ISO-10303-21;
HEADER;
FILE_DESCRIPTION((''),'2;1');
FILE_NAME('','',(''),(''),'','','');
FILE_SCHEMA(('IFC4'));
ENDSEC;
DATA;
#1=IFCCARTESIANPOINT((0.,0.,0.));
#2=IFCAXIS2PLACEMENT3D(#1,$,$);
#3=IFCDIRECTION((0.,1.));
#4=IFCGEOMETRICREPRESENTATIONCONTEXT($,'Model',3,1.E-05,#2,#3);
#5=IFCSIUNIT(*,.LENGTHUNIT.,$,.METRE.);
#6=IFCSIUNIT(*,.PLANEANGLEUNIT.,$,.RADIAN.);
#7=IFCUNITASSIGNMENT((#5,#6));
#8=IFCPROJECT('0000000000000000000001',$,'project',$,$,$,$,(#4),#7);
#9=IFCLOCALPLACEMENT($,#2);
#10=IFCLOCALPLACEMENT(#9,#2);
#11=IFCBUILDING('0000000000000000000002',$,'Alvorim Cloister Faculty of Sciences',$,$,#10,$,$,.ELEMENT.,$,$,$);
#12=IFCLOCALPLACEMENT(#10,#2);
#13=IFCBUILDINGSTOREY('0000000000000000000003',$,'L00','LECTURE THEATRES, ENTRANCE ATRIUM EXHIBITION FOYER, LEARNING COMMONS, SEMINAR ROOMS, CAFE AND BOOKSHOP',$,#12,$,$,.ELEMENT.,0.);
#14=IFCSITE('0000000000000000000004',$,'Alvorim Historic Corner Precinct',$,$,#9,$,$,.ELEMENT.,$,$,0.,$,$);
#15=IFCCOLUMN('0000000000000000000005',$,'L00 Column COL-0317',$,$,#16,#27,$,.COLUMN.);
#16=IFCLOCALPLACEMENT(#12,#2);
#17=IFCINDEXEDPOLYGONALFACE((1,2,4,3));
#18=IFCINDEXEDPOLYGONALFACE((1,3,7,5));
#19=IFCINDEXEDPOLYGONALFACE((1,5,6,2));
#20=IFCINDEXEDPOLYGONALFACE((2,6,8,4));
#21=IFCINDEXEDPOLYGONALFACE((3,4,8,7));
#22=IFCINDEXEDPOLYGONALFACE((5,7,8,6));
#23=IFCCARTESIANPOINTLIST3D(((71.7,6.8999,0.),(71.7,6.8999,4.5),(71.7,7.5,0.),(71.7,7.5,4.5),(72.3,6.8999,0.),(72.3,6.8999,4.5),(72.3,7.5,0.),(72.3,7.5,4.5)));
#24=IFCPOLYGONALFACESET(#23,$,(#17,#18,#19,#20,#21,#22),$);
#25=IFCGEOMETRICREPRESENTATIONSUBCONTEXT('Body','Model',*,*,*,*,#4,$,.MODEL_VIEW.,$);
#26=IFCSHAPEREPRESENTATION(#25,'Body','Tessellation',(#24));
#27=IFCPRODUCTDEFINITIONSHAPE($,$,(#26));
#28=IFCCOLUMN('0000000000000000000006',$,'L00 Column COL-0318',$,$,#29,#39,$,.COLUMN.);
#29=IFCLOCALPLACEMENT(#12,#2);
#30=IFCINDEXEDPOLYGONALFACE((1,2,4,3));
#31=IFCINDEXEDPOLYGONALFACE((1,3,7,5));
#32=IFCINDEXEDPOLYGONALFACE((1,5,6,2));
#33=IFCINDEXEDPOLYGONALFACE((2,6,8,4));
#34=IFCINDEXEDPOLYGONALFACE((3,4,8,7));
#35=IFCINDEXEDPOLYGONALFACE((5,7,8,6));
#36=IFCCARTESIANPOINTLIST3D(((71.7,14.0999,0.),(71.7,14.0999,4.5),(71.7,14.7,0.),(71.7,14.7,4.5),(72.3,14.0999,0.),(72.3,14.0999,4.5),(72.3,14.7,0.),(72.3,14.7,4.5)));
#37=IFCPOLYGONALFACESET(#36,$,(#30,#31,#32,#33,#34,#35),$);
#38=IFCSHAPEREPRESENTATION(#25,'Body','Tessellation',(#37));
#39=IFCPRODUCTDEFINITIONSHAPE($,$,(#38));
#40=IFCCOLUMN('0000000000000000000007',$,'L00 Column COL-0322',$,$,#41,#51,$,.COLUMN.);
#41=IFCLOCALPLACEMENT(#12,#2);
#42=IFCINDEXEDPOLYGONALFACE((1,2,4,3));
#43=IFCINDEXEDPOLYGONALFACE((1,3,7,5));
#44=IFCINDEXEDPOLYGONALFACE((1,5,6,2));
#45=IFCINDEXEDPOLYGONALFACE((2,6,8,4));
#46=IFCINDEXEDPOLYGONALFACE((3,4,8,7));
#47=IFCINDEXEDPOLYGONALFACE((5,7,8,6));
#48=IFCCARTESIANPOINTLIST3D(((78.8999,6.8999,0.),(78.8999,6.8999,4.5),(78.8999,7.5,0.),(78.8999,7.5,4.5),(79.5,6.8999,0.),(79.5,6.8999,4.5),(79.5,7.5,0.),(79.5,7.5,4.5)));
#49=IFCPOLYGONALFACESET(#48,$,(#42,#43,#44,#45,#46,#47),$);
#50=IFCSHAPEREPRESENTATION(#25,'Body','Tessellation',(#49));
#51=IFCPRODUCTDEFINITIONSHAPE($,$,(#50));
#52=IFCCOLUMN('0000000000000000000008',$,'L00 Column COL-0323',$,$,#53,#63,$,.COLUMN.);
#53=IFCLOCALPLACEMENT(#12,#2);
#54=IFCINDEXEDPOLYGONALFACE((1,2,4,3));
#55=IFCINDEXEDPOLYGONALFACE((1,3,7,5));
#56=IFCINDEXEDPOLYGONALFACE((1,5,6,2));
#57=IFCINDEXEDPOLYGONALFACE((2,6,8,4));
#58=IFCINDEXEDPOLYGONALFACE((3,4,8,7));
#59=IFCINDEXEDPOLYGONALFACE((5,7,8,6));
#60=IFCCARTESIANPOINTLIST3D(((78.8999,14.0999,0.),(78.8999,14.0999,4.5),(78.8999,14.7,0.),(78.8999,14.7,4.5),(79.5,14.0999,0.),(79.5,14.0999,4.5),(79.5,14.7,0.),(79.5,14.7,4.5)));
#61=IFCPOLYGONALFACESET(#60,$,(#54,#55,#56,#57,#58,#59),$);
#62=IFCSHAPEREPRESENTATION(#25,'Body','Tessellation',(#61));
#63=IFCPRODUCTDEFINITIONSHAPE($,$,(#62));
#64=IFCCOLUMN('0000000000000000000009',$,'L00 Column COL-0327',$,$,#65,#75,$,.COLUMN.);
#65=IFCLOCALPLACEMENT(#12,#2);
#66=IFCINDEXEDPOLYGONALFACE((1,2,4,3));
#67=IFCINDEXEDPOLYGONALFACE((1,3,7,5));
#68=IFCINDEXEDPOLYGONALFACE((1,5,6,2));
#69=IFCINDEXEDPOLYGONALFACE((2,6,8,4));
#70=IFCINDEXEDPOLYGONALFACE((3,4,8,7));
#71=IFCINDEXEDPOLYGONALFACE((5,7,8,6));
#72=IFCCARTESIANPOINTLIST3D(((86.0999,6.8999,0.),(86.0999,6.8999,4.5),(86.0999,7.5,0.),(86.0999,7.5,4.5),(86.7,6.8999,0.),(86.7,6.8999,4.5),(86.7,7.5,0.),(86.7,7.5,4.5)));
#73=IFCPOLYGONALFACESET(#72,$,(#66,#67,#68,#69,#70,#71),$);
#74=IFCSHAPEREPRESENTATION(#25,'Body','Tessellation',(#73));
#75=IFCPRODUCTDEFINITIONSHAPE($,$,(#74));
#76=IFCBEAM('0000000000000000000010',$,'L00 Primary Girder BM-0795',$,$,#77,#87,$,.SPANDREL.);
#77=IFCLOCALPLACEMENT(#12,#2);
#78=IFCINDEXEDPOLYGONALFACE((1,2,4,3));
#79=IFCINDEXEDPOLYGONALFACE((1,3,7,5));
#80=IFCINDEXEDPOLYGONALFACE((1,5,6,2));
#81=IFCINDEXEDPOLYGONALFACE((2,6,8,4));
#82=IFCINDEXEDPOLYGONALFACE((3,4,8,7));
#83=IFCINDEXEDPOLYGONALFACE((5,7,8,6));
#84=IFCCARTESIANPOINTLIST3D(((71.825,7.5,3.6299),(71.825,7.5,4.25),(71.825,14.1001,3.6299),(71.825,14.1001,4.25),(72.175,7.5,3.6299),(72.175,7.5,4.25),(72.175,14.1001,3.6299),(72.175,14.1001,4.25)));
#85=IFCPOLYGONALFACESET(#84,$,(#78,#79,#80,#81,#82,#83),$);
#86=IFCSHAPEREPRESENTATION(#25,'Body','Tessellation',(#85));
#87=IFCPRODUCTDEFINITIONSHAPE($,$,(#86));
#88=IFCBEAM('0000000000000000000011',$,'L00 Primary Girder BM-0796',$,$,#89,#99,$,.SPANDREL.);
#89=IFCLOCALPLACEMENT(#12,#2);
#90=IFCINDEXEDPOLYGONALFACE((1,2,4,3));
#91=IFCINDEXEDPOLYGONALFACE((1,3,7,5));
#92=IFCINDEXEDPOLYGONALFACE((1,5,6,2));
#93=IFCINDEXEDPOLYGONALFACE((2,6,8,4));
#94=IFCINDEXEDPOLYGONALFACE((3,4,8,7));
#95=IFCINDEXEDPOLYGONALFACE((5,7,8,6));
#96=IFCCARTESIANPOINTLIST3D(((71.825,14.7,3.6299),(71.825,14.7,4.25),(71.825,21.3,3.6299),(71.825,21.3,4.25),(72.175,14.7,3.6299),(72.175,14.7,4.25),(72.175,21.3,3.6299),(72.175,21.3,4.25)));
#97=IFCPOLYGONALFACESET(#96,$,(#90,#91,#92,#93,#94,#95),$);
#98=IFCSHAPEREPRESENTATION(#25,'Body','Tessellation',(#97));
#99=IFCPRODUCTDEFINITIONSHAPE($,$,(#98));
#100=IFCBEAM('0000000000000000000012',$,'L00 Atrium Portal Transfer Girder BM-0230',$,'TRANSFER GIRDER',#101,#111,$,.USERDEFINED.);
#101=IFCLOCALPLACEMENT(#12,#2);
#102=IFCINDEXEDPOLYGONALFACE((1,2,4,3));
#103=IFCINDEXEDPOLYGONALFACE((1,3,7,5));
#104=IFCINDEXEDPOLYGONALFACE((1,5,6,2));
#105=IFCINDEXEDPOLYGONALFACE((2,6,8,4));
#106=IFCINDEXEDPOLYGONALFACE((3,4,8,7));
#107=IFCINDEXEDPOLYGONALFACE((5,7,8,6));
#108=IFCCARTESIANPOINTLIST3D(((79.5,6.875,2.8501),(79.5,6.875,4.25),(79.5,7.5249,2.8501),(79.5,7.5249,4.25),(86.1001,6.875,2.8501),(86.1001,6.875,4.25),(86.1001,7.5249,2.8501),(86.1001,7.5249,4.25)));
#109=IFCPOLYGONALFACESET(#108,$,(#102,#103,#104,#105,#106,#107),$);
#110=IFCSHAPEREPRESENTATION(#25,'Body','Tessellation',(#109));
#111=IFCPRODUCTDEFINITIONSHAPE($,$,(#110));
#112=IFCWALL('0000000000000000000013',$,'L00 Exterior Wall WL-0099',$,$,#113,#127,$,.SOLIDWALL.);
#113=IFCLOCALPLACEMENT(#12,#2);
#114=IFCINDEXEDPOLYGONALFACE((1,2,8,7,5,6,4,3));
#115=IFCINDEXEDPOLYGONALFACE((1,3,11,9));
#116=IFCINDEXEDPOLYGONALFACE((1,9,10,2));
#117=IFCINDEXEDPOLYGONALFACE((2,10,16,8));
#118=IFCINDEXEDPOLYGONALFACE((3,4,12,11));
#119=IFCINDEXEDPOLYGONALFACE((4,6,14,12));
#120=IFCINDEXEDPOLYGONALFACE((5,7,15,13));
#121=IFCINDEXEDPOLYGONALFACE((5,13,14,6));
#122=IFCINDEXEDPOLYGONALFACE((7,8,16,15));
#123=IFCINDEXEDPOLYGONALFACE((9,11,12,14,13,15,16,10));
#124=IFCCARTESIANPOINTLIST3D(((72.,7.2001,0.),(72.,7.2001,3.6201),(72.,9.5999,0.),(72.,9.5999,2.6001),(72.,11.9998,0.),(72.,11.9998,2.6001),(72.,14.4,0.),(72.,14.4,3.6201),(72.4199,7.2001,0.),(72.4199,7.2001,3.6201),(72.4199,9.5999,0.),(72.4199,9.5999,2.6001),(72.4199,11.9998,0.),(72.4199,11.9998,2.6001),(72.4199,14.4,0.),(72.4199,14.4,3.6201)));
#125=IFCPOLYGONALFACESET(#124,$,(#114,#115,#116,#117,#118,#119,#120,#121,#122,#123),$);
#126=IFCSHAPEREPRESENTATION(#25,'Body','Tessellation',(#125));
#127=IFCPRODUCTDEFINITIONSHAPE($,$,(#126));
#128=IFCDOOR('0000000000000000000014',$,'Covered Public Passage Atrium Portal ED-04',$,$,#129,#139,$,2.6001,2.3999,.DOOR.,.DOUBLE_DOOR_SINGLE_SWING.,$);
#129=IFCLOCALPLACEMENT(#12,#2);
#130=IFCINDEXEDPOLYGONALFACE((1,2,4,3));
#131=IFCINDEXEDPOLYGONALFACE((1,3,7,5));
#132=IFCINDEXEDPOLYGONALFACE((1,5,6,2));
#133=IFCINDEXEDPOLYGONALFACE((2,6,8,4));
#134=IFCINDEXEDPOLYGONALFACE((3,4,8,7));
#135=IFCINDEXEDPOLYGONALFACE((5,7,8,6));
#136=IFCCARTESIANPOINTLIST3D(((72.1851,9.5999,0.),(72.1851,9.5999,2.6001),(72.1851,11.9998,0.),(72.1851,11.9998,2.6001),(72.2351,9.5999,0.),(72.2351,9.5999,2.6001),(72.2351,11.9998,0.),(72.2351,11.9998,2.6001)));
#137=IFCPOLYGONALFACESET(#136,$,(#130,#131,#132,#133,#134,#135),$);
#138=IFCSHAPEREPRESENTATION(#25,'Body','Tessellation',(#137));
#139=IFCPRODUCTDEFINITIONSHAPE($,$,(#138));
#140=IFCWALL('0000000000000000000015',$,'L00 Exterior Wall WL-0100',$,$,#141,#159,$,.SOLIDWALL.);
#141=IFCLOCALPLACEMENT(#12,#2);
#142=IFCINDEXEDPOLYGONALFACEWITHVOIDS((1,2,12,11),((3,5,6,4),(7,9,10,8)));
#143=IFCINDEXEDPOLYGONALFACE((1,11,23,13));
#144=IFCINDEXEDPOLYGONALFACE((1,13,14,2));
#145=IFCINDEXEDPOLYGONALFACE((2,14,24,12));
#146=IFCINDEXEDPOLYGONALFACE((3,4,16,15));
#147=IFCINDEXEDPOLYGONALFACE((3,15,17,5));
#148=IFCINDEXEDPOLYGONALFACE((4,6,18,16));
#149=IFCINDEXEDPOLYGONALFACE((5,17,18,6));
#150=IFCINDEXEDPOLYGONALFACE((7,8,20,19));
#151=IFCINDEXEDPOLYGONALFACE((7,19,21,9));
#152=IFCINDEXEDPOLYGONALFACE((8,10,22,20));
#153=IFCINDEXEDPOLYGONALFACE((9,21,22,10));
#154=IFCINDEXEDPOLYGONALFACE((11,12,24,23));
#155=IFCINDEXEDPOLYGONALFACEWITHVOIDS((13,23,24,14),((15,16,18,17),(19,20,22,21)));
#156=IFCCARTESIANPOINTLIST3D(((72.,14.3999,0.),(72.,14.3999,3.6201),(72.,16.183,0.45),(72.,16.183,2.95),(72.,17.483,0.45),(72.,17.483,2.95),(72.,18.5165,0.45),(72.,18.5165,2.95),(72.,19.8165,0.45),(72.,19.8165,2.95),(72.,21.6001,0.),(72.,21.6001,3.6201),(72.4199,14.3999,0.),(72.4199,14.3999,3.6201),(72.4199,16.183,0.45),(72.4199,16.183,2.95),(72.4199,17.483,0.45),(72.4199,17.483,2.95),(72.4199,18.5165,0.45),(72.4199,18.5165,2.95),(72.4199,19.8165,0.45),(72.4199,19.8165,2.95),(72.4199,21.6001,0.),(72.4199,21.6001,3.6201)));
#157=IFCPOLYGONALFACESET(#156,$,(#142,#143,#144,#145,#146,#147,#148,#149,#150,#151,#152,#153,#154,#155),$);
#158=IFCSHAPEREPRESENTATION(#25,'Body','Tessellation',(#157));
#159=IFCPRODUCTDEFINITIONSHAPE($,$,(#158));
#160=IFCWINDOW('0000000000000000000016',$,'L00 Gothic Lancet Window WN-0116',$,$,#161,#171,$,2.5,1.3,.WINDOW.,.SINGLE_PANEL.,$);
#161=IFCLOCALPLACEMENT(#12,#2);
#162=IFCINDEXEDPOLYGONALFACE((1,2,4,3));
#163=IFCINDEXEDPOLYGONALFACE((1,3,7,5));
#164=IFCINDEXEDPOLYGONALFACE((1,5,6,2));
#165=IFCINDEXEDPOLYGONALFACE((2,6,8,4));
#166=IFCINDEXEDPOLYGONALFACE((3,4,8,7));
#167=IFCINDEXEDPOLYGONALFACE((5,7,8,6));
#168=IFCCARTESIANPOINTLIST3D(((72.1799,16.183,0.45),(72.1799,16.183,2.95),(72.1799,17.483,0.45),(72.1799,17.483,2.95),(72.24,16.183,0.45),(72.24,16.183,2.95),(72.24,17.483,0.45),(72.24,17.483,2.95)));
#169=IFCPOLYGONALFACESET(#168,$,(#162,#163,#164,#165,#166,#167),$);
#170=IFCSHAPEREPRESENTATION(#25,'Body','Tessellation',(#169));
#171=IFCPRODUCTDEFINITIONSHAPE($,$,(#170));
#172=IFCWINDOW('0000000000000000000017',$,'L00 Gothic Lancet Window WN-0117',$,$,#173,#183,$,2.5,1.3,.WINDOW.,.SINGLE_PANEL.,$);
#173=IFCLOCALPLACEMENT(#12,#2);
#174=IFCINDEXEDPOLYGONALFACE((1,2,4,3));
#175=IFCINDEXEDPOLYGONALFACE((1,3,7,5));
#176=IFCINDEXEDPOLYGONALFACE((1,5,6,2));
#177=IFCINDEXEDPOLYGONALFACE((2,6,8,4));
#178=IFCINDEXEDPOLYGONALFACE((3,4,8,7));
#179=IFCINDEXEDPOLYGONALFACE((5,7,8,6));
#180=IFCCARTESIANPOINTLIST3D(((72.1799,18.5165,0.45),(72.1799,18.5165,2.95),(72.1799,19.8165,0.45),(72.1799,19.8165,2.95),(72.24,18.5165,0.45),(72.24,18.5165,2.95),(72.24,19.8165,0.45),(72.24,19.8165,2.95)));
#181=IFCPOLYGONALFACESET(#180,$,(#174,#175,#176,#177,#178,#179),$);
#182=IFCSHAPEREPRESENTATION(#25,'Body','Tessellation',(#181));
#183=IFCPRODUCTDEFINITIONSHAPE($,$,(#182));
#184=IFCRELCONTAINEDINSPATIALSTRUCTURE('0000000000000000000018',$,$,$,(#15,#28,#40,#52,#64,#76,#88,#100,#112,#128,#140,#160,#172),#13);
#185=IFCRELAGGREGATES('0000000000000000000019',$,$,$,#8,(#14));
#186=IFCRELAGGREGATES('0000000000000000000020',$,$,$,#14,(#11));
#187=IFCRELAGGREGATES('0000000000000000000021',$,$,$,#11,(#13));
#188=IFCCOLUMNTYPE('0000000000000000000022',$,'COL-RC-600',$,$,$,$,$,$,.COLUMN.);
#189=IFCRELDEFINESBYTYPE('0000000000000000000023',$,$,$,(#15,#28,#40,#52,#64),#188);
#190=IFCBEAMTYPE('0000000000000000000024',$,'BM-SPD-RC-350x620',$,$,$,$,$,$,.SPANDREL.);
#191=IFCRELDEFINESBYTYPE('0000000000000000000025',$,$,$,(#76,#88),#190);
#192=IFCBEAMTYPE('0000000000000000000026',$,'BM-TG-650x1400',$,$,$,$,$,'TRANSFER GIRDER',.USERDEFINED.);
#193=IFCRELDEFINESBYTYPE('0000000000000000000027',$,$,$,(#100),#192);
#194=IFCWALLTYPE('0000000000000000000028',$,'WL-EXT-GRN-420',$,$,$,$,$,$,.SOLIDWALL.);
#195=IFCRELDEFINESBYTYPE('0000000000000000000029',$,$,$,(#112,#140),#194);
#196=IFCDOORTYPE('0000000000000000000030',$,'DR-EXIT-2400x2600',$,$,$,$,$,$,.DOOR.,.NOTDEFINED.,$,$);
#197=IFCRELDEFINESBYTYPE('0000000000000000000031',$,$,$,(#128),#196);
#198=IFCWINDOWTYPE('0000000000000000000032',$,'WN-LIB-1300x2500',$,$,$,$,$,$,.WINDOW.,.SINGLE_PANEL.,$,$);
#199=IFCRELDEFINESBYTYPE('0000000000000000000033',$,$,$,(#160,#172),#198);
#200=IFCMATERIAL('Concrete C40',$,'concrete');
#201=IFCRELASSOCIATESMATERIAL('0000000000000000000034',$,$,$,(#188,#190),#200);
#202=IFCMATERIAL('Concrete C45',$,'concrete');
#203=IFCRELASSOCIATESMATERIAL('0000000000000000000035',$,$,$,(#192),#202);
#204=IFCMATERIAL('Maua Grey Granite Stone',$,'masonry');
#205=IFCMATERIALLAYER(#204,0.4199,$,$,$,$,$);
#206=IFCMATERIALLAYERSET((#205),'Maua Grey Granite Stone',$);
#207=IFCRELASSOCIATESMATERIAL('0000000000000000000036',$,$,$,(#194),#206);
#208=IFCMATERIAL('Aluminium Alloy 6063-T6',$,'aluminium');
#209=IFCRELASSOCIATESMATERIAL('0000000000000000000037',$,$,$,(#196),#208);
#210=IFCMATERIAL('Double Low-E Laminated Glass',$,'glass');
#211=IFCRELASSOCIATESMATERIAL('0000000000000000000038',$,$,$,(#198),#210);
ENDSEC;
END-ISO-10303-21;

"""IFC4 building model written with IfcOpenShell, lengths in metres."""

from ifc_helpers import new_model, si_unit, direction, frame, frame_2d, origin, origin_2d, place, context, subcontext, project, spatial, rectangle, extrude, material, layer, layer_set, material_profile, profile_set, type_object, element, fill, save


model = new_model("IFC4")

# Units and contexts
model_context = context("Model", 3, precision=1e-05, world=origin(), true_north=direction((0.0, 1.0)))
body_context = subcontext(model_context, "Body", "Model", "MODEL_VIEW")
ifc_project = project(units=[si_unit("LENGTHUNIT", "METRE"), si_unit("PLANEANGLEUNIT", "RADIAN")], contexts=[model_context])

# Site, building, storey
site_placement = place(None, origin())
site = spatial("IfcSite", under=ifc_project, at=site_placement, Name="Alvorim Historic Corner Precinct", CompositionType="ELEMENT", RefElevation=0.0)
building_placement = place(site_placement, origin())
building = spatial("IfcBuilding", under=site, at=building_placement, Name="Alvorim Cloister Faculty of Sciences", CompositionType="ELEMENT")
storey_placement = place(building_placement, origin())
storey = spatial("IfcBuildingStorey", under=building, at=storey_placement, Name="L00", Description="LECTURE THEATRES, ENTRANCE ATRIUM EXHIBITION FOYER, LEARNING COMMONS, SEMINAR ROOMS, CAFE AND BOOKSHOP", CompositionType="ELEMENT", Elevation=0.0)

# Columns
ifc_material_1 = material(Name="Concrete C40", Category="concrete")
ifc_material_profile_1 = material_profile(ifc_material_1, rectangle(XDim=0.6001, YDim=0.6001, at=origin_2d()), Name="RC40-COL-600x600")
ifc_profile_set_1 = profile_set([ifc_material_profile_1], Name="Concrete C40")
column_type = type_object("IfcColumnType", Name="COL-RC-600", PredefinedType="COLUMN", material=ifc_profile_set_1)
for number, where, z_axis, x_axis, name in (
    (1, (72.0, 7.2, 0.0), (0.0, 0.0, 1.0), (1.0, 0.0, 0.0), "L00 Column COL-0317"),
    (2, (72.0, 14.3999, 0.0), (0.0, 0.0, 1.0), (1.0, 0.0, 0.0), "L00 Column COL-0318"),
    (3, (79.2, 7.2, 0.0), (0.0, 0.0, 1.0), (1.0, 0.0, 0.0), "L00 Column COL-0322"),
    (4, (79.2, 14.3999, 0.0), (0.0, 0.0, 1.0), (1.0, 0.0, 0.0), "L00 Column COL-0323"),
    (5, (86.3999, 7.2, 0.0), (0.0, 0.0, 1.0), (1.0, 0.0, 0.0), "L00 Column COL-0327"),
):
    element("IfcColumn", number, at=place(storey_placement, frame(where, z_axis=z_axis, x_axis=x_axis)), inside=storey, type_object=column_type, Name=name, PredefinedType="COLUMN", context=body_context, shape_type="SweptSolid", body=[
        extrude(rectangle(XDim=0.6001, YDim=0.6001, at=origin_2d()), origin(), (0.0, 0.0, 1.0), 4.5),
    ])

# Beams
ifc_material_profile_2 = material_profile(ifc_material_1, rectangle(XDim=0.3501, YDim=0.6201, at=origin_2d()), Name="RC40-SPD-350x620")
ifc_profile_set_2 = profile_set([ifc_material_profile_2], Name="Concrete C40")
beam_type_1 = type_object("IfcBeamType", Name="BM-SPD-RC-350x620", PredefinedType="SPANDREL", material=ifc_profile_set_2)
for number, where, z_axis, x_axis, name in (
    (6, (72.0, 7.5, 3.9399), (0.0, 1.0, 0.0), (-1.0, 0.0, 0.0), "L00 Primary Girder BM-0795"),
    (7, (72.0, 14.7, 3.9399), (0.0, 1.0, 0.0), (-1.0, 0.0, 0.0), "L00 Primary Girder BM-0796"),
):
    element("IfcBeam", number, at=place(storey_placement, frame(where, z_axis=z_axis, x_axis=x_axis)), inside=storey, type_object=beam_type_1, Name=name, PredefinedType="SPANDREL", context=body_context, shape_type="SweptSolid", body=[
        extrude(rectangle(XDim=0.3501, YDim=0.6201, at=origin_2d()), origin(), (0.0, 0.0, 1.0), 6.6001),
    ])
ifc_material_2 = material(Name="Concrete C45", Category="concrete")
ifc_material_profile_3 = material_profile(ifc_material_2, rectangle(XDim=0.6499, YDim=1.3999, at=origin_2d()), Name="RC45-TG-650x1400")
ifc_profile_set_3 = profile_set([ifc_material_profile_3], Name="Concrete C45")
beam_type_2 = type_object("IfcBeamType", Name="BM-TG-650x1400", ElementType="TRANSFER GIRDER", PredefinedType="USERDEFINED", material=ifc_profile_set_3)
beam_placement = place(storey_placement, frame((79.5, 7.2, 3.55), z_axis=(1.0, 0.0, 0.0), x_axis=(0.0, 1.0, 0.0)))
element("IfcBeam", 8, at=beam_placement, inside=storey, type_object=beam_type_2, Name="L00 Atrium Portal Transfer Girder BM-0230", ObjectType="TRANSFER GIRDER", PredefinedType="USERDEFINED", context=body_context, shape_type="SweptSolid", body=[
    extrude(rectangle(XDim=0.6499, YDim=1.3999, at=origin_2d()), origin(), (0.0, 0.0, 1.0), 6.6001),
])

# Wall, opening, door
ifc_material_3 = material(Name="Maua Grey Granite Stone", Category="masonry")
ifc_layer_1 = layer(ifc_material_3, 0.4199)
ifc_layer_set_1 = layer_set([ifc_layer_1], Name="Maua Grey Granite Stone")
wall_type = type_object("IfcWallType", Name="WL-EXT-GRN-420", PredefinedType="SOLIDWALL", material=ifc_layer_set_1)
wall_1_placement = place(storey_placement, frame((72.21, 7.2, 0.0), z_axis=(0.0, 0.0, 1.0), x_axis=(0.0, 1.0, 0.0)))
wall_1 = element("IfcWall", 9, at=wall_1_placement, inside=storey, type_object=wall_type, Name="L00 Exterior Wall WL-0099", PredefinedType="SOLIDWALL", context=body_context, shape_type="SweptSolid", body=[
    extrude(rectangle(XDim=7.2, YDim=0.4199, at=frame_2d((3.6001, 0.0))), origin(), (0.0, 0.0, 1.0), 3.6201),
])
opening_1_placement = place(wall_1_placement, frame((2.3999, 0.0, 0.0)))
opening_1 = element("IfcOpeningElement", 10, at=opening_1_placement, cuts=wall_1, PredefinedType="OPENING", context=body_context, shape_type="SweptSolid", body=[
    extrude(rectangle(XDim=2.3999, YDim=2.6001, at=frame_2d((1.2, 1.3))), frame((0.0, 0.2219, 0.0), z_axis=(0.0, -1.0, 0.0), x_axis=(1.0, 0.0, 0.0)), (0.0, 0.0, 1.0), 0.4438),
])
ifc_material_4 = material(Name="Aluminium Alloy 6063-T6", Category="aluminium")
door_type = type_object("IfcDoorType", Name="DR-EXIT-2400x2600", OperationType="NOTDEFINED", PredefinedType="DOOR", material=ifc_material_4)
door_placement = place(opening_1_placement, origin())
door = element("IfcDoor", 11, at=door_placement, inside=storey, type_object=door_type, Name="Covered Public Passage Atrium Portal ED-04", OperationType="DOUBLE_DOOR_SINGLE_SWING", OverallHeight=2.6001, OverallWidth=2.3999, PredefinedType="DOOR", context=body_context, shape_type="SweptSolid", body=[
    extrude(rectangle(XDim=2.3999, YDim=2.6001, at=frame_2d((1.2, 1.3))), frame((0.0, 0.0249, 0.0), z_axis=(0.0, -1.0, 0.0), x_axis=(1.0, 0.0, 0.0)), (0.0, 0.0, 1.0), 0.05),
])
fill(opening_1, door)

# Wall, openings, windows
wall_2_placement = place(storey_placement, frame((72.21, 14.3999, 0.0), z_axis=(0.0, 0.0, 1.0), x_axis=(0.0, 1.0, 0.0)))
wall_2 = element("IfcWall", 12, at=wall_2_placement, inside=storey, type_object=wall_type, Name="L00 Exterior Wall WL-0100", PredefinedType="SOLIDWALL", context=body_context, shape_type="SweptSolid", body=[
    extrude(rectangle(XDim=7.2002, YDim=0.4199, at=frame_2d((3.6001, 0.0))), origin(), (0.0, 0.0, 1.0), 3.6201),
])
opening_2_placement = place(wall_2_placement, frame((1.7832, 0.0, 0.45)))
opening_2 = element("IfcOpeningElement", 13, at=opening_2_placement, cuts=wall_2, PredefinedType="OPENING", context=body_context, shape_type="SweptSolid", body=[
    extrude(rectangle(XDim=1.3, YDim=2.5, at=frame_2d((0.6499, 1.25))), frame((0.0, 0.2219, 0.0), z_axis=(0.0, -1.0, 0.0), x_axis=(1.0, 0.0, 0.0)), (0.0, 0.0, 1.0), 0.4438),
])
opening_3_placement = place(wall_2_placement, frame((4.1167, 0.0, 0.45)))
opening_3 = element("IfcOpeningElement", 14, at=opening_3_placement, cuts=wall_2, PredefinedType="OPENING", context=body_context, shape_type="SweptSolid", body=[
    extrude(rectangle(XDim=1.3, YDim=2.5, at=frame_2d((0.6499, 1.25))), frame((0.0, 0.2219, 0.0), z_axis=(0.0, -1.0, 0.0), x_axis=(1.0, 0.0, 0.0)), (0.0, 0.0, 1.0), 0.4438),
])
ifc_material_5 = material(Name="Double Low-E Laminated Glass", Category="glass")
window_type = type_object("IfcWindowType", Name="WN-LIB-1300x2500", PartitioningType="SINGLE_PANEL", PredefinedType="WINDOW", material=ifc_material_5)
window_1_placement = place(opening_2_placement, origin())
window_1 = element("IfcWindow", 15, at=window_1_placement, inside=storey, type_object=window_type, Name="L00 Gothic Lancet Window WN-0116", OverallHeight=2.5, OverallWidth=1.3, PartitioningType="SINGLE_PANEL", PredefinedType="WINDOW", context=body_context, shape_type="SweptSolid", body=[
    extrude(rectangle(XDim=1.3, YDim=2.5, at=frame_2d((0.6499, 1.25))), frame((0.0, 0.03, 0.0), z_axis=(0.0, -1.0, 0.0), x_axis=(1.0, 0.0, 0.0)), (0.0, 0.0, 1.0), 0.0601),
])
fill(opening_2, window_1)
window_2_placement = place(opening_3_placement, origin())
window_2 = element("IfcWindow", 16, at=window_2_placement, inside=storey, type_object=window_type, Name="L00 Gothic Lancet Window WN-0117", OverallHeight=2.5, OverallWidth=1.3, PartitioningType="SINGLE_PANEL", PredefinedType="WINDOW", context=body_context, shape_type="SweptSolid", body=[
    extrude(rectangle(XDim=1.3, YDim=2.5, at=frame_2d((0.6499, 1.25))), frame((0.0, 0.03, 0.0), z_axis=(0.0, -1.0, 0.0), x_axis=(1.0, 0.0, 0.0)), (0.0, 0.0, 1.0), 0.0601),
])
fill(opening_3, window_2)

save(model, "model.ifc")
